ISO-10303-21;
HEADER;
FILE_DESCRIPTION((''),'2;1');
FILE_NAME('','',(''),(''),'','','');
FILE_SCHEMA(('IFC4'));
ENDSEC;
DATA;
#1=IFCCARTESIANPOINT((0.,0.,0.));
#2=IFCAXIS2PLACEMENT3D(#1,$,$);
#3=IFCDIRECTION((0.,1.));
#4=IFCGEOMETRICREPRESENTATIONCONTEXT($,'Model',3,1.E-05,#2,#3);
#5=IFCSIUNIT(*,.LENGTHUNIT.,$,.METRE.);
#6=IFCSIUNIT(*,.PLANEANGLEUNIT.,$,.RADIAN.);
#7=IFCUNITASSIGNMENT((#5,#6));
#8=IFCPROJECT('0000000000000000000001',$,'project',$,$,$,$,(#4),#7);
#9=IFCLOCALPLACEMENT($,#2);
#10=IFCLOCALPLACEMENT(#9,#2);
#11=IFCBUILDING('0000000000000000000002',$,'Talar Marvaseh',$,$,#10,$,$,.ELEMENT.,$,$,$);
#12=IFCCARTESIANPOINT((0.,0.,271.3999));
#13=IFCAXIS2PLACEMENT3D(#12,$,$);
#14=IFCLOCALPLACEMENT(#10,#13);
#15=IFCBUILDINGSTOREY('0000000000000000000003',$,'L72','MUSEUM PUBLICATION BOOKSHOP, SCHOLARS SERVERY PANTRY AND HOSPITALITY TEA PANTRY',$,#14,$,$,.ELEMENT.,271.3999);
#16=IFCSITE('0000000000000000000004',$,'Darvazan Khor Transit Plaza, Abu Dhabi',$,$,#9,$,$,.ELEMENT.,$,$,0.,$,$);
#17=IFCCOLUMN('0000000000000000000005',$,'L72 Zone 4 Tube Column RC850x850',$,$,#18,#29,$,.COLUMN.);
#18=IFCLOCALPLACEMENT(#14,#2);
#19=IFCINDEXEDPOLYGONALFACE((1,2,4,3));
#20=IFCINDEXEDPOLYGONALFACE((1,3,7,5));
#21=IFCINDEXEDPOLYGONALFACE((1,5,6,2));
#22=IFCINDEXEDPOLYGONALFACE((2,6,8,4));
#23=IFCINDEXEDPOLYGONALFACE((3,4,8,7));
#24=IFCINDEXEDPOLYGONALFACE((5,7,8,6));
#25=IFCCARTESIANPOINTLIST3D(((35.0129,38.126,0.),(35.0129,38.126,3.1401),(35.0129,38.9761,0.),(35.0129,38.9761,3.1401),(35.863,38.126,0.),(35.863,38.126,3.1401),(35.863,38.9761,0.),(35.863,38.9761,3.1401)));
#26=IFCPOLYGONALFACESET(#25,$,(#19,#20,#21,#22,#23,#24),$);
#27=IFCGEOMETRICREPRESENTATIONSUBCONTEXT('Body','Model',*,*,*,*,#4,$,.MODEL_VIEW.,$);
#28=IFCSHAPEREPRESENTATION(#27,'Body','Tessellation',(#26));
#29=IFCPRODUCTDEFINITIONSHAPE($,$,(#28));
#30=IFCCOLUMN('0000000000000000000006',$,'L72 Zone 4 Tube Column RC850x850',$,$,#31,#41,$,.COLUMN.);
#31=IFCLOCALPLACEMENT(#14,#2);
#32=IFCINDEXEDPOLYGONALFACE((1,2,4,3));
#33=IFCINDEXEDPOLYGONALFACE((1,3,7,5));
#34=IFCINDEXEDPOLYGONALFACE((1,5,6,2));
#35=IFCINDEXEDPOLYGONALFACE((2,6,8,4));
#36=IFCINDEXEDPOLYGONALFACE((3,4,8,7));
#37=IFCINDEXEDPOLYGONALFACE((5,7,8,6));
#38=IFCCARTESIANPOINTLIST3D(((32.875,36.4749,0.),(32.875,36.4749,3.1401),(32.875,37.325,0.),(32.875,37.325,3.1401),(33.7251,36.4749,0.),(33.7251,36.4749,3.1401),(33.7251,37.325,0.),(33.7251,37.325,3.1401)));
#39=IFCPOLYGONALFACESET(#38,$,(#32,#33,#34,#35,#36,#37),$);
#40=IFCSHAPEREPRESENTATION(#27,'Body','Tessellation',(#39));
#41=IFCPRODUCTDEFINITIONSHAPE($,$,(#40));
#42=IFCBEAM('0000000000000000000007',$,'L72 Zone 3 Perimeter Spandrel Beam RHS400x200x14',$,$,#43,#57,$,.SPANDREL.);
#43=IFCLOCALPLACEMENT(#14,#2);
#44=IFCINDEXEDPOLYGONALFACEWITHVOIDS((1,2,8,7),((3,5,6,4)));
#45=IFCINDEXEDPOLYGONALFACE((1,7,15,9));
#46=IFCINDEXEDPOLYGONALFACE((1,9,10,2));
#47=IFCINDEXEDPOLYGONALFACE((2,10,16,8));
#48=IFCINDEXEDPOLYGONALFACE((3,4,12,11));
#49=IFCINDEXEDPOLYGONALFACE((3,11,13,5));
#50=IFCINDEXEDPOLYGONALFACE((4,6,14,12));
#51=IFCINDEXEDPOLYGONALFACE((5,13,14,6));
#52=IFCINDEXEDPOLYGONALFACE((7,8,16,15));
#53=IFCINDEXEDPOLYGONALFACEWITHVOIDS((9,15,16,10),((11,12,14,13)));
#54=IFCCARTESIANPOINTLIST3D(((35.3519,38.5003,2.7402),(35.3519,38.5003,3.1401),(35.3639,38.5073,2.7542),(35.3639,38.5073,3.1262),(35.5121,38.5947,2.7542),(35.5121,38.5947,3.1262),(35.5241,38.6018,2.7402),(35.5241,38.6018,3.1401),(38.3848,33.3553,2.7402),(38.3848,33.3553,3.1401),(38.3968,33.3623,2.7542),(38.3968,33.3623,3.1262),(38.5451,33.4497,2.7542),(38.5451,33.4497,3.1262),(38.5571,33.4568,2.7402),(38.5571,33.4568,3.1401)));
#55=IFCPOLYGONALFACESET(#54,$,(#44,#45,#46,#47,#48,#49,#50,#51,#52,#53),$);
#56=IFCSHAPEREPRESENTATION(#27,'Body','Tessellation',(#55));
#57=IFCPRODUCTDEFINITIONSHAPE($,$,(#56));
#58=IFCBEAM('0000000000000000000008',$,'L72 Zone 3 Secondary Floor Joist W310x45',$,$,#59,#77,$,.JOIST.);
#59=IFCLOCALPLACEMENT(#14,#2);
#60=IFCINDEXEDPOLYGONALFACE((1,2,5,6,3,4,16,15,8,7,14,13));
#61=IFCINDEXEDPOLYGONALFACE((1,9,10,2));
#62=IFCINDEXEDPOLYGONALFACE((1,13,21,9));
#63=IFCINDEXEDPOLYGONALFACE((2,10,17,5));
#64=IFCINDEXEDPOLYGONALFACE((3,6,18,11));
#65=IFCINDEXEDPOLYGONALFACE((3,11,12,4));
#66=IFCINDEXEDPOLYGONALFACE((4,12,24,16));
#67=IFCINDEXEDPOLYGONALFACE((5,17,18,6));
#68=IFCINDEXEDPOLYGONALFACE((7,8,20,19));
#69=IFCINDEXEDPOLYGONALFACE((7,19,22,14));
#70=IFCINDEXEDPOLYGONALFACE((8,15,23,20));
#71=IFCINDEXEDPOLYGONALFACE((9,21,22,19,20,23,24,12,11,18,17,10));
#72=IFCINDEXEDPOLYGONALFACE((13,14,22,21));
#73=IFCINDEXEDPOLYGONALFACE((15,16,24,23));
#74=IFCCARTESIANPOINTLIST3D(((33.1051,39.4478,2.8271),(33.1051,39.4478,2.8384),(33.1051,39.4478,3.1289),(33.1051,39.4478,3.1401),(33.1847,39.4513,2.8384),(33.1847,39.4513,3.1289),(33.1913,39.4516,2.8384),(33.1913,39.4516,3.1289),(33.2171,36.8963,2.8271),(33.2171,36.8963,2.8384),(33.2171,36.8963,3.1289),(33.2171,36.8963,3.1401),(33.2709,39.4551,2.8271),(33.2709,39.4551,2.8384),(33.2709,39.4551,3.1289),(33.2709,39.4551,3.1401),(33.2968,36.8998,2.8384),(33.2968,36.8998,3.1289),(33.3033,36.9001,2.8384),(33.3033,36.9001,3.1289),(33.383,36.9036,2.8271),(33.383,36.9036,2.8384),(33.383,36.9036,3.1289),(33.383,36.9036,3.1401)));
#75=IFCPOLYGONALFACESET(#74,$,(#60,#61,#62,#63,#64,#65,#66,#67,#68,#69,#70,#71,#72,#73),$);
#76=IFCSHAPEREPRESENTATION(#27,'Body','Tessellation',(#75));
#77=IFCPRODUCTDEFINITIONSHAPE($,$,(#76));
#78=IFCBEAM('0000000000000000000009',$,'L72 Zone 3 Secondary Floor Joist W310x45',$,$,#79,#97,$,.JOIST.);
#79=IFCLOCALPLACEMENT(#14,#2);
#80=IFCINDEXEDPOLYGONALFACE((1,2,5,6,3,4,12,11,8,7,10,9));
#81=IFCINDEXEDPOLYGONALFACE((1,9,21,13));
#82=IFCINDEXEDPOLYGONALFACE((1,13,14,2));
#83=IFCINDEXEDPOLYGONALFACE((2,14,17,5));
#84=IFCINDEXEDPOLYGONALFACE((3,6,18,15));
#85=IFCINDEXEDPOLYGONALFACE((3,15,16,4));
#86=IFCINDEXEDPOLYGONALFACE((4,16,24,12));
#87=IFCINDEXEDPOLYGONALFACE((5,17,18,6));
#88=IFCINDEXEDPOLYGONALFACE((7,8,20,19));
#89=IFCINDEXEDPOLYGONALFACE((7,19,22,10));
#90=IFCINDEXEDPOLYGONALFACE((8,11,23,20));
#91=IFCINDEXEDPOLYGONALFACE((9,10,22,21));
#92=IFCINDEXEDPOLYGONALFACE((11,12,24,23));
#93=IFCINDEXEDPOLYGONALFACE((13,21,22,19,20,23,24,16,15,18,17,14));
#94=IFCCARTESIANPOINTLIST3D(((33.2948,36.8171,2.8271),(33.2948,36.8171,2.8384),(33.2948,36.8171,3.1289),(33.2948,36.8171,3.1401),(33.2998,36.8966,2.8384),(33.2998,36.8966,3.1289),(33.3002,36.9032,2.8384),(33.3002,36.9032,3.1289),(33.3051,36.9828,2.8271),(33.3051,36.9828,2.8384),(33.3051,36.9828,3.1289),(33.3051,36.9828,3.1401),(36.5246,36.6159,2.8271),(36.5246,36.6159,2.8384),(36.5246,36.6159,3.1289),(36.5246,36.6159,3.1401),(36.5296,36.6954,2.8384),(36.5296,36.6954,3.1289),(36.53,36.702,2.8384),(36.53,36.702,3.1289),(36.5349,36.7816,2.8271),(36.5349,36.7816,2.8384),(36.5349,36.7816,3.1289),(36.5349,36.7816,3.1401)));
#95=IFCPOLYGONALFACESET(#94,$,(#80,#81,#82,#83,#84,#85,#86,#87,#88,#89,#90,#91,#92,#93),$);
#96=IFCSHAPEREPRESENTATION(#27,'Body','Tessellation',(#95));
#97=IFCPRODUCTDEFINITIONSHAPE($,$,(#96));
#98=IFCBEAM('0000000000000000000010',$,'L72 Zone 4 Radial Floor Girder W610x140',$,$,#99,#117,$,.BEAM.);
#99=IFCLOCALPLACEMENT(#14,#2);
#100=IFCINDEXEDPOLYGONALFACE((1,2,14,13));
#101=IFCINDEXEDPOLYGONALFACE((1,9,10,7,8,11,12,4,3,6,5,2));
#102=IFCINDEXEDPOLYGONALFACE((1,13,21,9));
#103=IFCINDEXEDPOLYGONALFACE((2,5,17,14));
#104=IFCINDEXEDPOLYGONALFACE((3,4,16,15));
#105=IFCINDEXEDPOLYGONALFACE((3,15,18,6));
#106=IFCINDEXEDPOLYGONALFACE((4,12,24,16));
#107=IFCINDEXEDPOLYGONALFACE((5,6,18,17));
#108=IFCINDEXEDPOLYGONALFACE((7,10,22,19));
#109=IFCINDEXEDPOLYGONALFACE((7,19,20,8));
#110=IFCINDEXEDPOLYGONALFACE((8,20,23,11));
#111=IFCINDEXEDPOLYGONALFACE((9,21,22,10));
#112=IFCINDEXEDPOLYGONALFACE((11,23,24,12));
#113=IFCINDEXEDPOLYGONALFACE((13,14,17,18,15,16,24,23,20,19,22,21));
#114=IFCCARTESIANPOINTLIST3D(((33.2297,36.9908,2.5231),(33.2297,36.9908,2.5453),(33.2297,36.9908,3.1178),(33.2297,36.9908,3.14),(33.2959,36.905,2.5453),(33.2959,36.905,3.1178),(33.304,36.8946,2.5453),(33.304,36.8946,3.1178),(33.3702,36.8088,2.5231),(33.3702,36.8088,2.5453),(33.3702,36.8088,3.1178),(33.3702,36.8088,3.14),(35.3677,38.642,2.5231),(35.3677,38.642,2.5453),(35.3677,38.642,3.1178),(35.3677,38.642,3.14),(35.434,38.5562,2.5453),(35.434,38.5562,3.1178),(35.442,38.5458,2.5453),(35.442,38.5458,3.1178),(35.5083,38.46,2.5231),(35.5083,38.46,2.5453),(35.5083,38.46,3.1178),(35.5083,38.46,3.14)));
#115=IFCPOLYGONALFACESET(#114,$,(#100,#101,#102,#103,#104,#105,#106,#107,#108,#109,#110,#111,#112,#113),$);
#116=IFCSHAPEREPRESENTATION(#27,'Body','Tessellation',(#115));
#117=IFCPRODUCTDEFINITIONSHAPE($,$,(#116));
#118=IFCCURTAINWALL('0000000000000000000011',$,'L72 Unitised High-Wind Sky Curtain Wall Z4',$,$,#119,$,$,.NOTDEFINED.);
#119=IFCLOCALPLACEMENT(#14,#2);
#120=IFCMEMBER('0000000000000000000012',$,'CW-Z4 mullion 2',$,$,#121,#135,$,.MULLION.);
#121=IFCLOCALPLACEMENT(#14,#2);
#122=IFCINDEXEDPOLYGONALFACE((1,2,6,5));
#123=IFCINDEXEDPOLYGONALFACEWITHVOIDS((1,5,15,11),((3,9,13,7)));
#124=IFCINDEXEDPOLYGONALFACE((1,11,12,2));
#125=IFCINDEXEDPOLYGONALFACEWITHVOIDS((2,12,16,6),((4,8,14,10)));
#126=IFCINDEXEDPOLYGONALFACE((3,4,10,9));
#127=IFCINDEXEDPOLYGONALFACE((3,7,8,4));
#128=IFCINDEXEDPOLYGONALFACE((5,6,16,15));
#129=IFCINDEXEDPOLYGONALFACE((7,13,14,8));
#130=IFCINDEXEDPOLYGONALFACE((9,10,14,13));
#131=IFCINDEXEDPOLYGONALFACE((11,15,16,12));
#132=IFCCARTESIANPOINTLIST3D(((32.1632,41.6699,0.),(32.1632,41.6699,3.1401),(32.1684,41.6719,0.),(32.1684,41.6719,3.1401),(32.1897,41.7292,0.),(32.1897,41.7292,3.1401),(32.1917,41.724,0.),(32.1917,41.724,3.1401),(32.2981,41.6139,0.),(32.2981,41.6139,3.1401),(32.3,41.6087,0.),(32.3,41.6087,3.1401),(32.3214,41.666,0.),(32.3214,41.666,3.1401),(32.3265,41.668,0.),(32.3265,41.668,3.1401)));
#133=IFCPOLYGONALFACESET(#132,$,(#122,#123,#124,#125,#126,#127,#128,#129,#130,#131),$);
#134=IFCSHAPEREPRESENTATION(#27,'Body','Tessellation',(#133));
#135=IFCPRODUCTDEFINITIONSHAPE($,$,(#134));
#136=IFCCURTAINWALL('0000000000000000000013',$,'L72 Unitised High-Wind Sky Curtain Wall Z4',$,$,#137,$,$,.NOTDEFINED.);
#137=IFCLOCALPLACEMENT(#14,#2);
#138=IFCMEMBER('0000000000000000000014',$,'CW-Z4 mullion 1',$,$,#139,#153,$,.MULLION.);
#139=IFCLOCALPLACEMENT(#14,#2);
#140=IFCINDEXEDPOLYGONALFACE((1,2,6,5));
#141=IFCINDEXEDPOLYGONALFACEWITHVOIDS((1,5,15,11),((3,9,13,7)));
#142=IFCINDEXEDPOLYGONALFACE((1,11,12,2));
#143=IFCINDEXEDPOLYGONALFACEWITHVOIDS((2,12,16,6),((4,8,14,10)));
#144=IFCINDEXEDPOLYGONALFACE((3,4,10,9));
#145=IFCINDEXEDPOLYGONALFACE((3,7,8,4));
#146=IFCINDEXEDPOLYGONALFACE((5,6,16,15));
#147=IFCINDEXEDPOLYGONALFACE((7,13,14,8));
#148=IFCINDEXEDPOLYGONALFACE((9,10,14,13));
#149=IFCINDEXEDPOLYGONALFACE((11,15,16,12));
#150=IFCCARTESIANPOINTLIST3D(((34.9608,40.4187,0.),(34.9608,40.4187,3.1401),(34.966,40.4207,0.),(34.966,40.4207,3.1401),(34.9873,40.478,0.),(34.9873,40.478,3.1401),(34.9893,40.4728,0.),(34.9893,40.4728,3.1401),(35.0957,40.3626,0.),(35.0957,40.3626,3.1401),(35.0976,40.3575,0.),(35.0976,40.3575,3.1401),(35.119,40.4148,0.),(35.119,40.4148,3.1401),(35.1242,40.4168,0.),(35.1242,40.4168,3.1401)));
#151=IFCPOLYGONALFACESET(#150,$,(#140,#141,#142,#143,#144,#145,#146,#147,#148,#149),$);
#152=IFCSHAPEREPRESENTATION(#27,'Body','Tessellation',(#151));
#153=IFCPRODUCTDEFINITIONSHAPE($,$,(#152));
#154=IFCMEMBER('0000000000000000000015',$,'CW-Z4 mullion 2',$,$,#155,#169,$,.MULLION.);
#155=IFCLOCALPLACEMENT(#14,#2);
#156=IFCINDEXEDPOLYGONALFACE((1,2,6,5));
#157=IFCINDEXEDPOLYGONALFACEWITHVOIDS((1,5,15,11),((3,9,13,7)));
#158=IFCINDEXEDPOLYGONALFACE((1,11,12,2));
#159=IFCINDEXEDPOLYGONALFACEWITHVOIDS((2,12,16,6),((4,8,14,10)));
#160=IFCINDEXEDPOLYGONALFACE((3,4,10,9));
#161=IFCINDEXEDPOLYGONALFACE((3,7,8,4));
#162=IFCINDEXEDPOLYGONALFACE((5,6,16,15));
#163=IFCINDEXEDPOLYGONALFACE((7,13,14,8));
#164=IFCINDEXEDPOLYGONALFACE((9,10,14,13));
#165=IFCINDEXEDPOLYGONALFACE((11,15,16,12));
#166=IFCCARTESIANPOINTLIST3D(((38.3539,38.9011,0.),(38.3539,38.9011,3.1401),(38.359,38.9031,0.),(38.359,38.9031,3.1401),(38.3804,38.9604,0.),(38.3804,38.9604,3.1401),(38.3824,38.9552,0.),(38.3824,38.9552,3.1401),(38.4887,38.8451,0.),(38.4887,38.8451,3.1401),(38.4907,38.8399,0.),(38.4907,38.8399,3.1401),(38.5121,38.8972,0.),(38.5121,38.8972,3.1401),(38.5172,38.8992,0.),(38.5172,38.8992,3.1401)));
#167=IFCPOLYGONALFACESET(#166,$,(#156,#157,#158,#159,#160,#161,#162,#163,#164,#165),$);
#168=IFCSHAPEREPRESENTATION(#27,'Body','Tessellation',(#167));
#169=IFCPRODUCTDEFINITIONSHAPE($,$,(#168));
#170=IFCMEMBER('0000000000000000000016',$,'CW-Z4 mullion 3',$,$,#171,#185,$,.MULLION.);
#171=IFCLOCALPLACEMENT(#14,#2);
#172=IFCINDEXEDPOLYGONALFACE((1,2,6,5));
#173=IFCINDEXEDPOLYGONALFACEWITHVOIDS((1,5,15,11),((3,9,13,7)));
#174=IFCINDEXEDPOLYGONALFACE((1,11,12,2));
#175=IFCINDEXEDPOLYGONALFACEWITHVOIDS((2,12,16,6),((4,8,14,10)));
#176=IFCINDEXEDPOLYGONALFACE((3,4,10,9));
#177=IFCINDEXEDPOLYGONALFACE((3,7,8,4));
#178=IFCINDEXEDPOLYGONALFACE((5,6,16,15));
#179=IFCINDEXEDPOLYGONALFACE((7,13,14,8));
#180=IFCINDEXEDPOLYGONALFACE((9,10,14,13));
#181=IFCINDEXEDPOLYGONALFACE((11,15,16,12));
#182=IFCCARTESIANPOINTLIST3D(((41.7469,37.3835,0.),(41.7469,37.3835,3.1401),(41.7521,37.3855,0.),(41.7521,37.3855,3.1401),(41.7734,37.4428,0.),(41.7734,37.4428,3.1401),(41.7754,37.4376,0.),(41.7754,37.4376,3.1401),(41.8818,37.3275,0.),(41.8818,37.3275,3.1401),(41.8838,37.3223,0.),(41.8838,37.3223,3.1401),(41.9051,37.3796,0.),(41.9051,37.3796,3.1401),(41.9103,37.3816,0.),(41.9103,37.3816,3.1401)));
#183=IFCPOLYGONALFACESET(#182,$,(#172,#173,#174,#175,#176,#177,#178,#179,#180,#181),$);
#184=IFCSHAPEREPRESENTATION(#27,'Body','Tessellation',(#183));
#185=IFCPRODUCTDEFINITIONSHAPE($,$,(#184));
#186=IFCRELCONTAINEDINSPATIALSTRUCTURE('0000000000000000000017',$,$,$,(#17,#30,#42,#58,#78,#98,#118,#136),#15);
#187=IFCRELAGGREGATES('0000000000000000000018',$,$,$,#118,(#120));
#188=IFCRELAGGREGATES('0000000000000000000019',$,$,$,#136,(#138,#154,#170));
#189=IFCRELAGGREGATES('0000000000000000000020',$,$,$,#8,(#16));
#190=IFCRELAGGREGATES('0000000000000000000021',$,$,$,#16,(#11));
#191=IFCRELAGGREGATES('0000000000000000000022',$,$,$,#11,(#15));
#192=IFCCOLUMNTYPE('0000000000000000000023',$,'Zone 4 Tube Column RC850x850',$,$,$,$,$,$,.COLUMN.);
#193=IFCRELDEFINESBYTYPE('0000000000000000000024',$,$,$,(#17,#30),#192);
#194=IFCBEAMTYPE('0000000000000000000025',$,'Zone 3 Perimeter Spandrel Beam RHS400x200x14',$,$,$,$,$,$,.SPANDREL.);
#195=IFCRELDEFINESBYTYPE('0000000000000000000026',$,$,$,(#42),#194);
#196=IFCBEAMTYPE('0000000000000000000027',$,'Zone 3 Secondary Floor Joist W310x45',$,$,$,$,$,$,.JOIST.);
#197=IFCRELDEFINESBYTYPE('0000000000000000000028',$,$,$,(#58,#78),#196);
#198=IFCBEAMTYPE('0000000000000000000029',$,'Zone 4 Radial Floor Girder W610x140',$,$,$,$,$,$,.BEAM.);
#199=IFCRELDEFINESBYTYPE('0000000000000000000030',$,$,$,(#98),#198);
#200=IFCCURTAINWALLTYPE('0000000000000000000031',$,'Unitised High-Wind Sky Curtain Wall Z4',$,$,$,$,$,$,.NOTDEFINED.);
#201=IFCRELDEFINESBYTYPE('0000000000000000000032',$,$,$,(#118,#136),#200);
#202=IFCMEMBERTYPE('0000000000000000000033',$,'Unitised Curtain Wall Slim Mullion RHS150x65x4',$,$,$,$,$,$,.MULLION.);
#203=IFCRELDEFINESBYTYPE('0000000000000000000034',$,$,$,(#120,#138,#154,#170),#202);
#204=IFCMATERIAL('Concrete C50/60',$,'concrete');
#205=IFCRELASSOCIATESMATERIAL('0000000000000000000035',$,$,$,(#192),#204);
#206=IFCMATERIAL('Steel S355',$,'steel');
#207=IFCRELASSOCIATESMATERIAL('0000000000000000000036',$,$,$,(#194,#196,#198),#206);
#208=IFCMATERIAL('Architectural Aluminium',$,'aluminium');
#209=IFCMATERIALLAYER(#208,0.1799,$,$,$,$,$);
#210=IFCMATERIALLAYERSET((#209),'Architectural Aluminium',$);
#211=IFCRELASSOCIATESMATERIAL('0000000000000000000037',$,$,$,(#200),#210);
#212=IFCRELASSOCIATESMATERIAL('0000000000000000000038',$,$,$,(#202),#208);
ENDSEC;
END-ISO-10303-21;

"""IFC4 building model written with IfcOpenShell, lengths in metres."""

from ifc_helpers import new_model, si_unit, direction, frame, origin, origin_2d, place, context, subcontext, project, spatial, rectangle, hollow_rectangle, i_section, extrude, source, transform, mapped, material, layer, layer_set, material_profile, profile_set, type_object, type_shapes, element, aggregate, save


model = new_model("IFC4")

# Units and contexts
model_context = context("Model", 3, precision=1e-05, world=origin(), true_north=direction((0.0, 1.0)))
body_context = subcontext(model_context, "Body", "Model", "MODEL_VIEW")
ifc_project = project(units=[si_unit("LENGTHUNIT", "METRE"), si_unit("PLANEANGLEUNIT", "RADIAN")], contexts=[model_context])

# Site, building, storey
site_placement = place(None, origin())
site = spatial("IfcSite", under=ifc_project, at=site_placement, Name="Darvazan Khor Transit Plaza, Abu Dhabi", CompositionType="ELEMENT", RefElevation=0.0)
building_placement = place(site_placement, origin())
building = spatial("IfcBuilding", under=site, at=building_placement, Name="Talar Marvaseh", CompositionType="ELEMENT")
storey_placement = place(building_placement, frame((0.0, 0.0, 271.3999)))
storey = spatial("IfcBuildingStorey", under=building, at=storey_placement, Name="L72", Description="MUSEUM PUBLICATION BOOKSHOP, SCHOLARS SERVERY PANTRY AND HOSPITALITY TEA PANTRY", CompositionType="ELEMENT", Elevation=271.3999)

# Columns
ifc_material_1 = material(Name="Concrete C50/60", Category="concrete")
ifc_material_profile_1 = material_profile(ifc_material_1, rectangle(XDim=0.8501, YDim=0.8501, at=origin_2d()), Name="RC850x850")
ifc_profile_set_1 = profile_set([ifc_material_profile_1], Name="Concrete C50/60")
column_type = type_object("IfcColumnType", Name="Zone 4 Tube Column RC850x850", PredefinedType="COLUMN", material=ifc_profile_set_1)
for number, where, z_axis, x_axis, name in (
    (1, (35.438, 38.551, 0.0), (0.0, 0.0, 1.0), (1.0, 0.0, 0.0), "L72 Zone 4 Tube Column RC850x850"),
    (2, (33.3, 36.8999, 0.0), (0.0, 0.0, 1.0), (1.0, 0.0, 0.0), "L72 Zone 4 Tube Column RC850x850"),
):
    element("IfcColumn", number, at=place(storey_placement, frame(where, z_axis=z_axis, x_axis=x_axis)), inside=storey, type_object=column_type, Name=name, PredefinedType="COLUMN", context=body_context, shape_type="SweptSolid", body=[
        extrude(rectangle(XDim=0.8501, YDim=0.8501, at=origin_2d()), origin(), (0.0, 0.0, 1.0), 3.1401),
    ])

# Beams
ifc_material_2 = material(Name="Steel S355", Category="steel")
ifc_material_profile_2 = material_profile(ifc_material_2, hollow_rectangle(XDim=0.2, YDim=0.3999, WallThickness=0.0139, at=origin_2d()), Name="RHS400x200x14")
ifc_profile_set_2 = profile_set([ifc_material_profile_2], Name="Steel S355")
beam_type_1 = type_object("IfcBeamType", Name="Zone 3 Perimeter Spandrel Beam RHS400x200x14", PredefinedType="SPANDREL", material=ifc_profile_set_2)
beam_1_placement = place(storey_placement, frame((35.438, 38.551, 2.9402), z_axis=(0.507826, -0.86146, 0.0), x_axis=(0.86146, 0.507826, 0.0)))
element("IfcBeam", 3, at=beam_1_placement, inside=storey, type_object=beam_type_1, Name="L72 Zone 3 Perimeter Spandrel Beam RHS400x200x14", PredefinedType="SPANDREL", context=body_context, shape_type="SweptSolid", body=[
    extrude(hollow_rectangle(XDim=0.2, YDim=0.3999, WallThickness=0.0139, at=origin_2d()), origin(), (0.0, 0.0, 1.0), 5.9724),
])
ifc_material_profile_3 = material_profile(ifc_material_2, i_section(OverallWidth=0.166, OverallDepth=0.313, WebThickness=0.0066, FlangeThickness=0.0112, at=origin_2d()), Name="W310x45")
ifc_profile_set_3 = profile_set([ifc_material_profile_3], Name="Steel S355")
beam_type_2 = type_object("IfcBeamType", Name="Zone 3 Secondary Floor Joist W310x45", PredefinedType="JOIST", material=ifc_profile_set_3)
beam_2_placement = place(storey_placement, frame((33.188, 39.4514, 2.9836), z_axis=(0.043877, -0.999037, 0.0), x_axis=(0.999037, 0.043877, 0.0)))
element("IfcBeam", 4, at=beam_2_placement, inside=storey, type_object=beam_type_2, Name="L72 Zone 3 Secondary Floor Joist W310x45", PredefinedType="JOIST", context=body_context, shape_type="SweptSolid", body=[
    extrude(i_section(OverallWidth=0.166, OverallDepth=0.313, WebThickness=0.0066, FlangeThickness=0.0112, at=origin_2d()), origin(), (0.0, 0.0, 1.0), 2.554),
])
beam_3_placement = place(storey_placement, frame((36.5298, 36.6987, 2.9836), z_axis=(-0.998066, 0.062167, 0.0), x_axis=(-0.062167, -0.998066, 0.0)))
element("IfcBeam", 5, at=beam_3_placement, inside=storey, type_object=beam_type_2, Name="L72 Zone 3 Secondary Floor Joist W310x45", PredefinedType="JOIST", context=body_context, shape_type="SweptSolid", body=[
    extrude(i_section(OverallWidth=0.166, OverallDepth=0.313, WebThickness=0.0066, FlangeThickness=0.0112, at=origin_2d()), origin(), (0.0, 0.0, 1.0), 3.2361),
])
ifc_material_profile_4 = material_profile(ifc_material_2, i_section(OverallWidth=0.23, OverallDepth=0.6169, WebThickness=0.0132, FlangeThickness=0.0222, at=origin_2d()), Name="W610x140")
ifc_profile_set_4 = profile_set([ifc_material_profile_4], Name="Steel S355")
beam_type_3 = type_object("IfcBeamType", Name="Zone 4 Radial Floor Girder W610x140", PredefinedType="BEAM", material=ifc_profile_set_4)
beam_4_placement = place(storey_placement, frame((35.438, 38.551, 2.8315), z_axis=(-0.79145, -0.611234, 0.0), x_axis=(0.611234, -0.79145, 0.0)))
element("IfcBeam", 6, at=beam_4_placement, inside=storey, type_object=beam_type_3, Name="L72 Zone 4 Radial Floor Girder W610x140", PredefinedType="BEAM", context=body_context, shape_type="SweptSolid", body=[
    extrude(i_section(OverallWidth=0.23, OverallDepth=0.6169, WebThickness=0.0132, FlangeThickness=0.0222, at=origin_2d()), origin(), (0.0, 0.0, 1.0), 2.7014),
])

# Curtain wall, member
ifc_material_3 = material(Name="Architectural Aluminium", Category="aluminium")
ifc_layer_1 = layer(ifc_material_3, 0.1799)
ifc_layer_set_1 = layer_set([ifc_layer_1], Name="Architectural Aluminium")
curtain_wall_type = type_object("IfcCurtainWallType", Name="Unitised High-Wind Sky Curtain Wall Z4", PredefinedType="NOTDEFINED", material=ifc_layer_set_1)
curtain_wall_1_placement = place(storey_placement, origin())
curtain_wall_1 = element("IfcCurtainWall", 7, at=curtain_wall_1_placement, inside=storey, type_object=curtain_wall_type, Name="L72 Unitised High-Wind Sky Curtain Wall Z4", PredefinedType="NOTDEFINED")
ifc_material_profile_5 = material_profile(ifc_material_3, hollow_rectangle(XDim=0.0649, YDim=0.1499, WallThickness=0.0039, at=origin_2d()), Name="RHS150x65x4")
ifc_profile_set_5 = profile_set([ifc_material_profile_5], Name="Architectural Aluminium")
member_type_1 = type_object("IfcMemberType", Name="Unitised Curtain Wall Slim Mullion RHS150x65x4", PredefinedType="MULLION", material=ifc_profile_set_5)
shared_shape_1 = source(origin(), body_context, "Body", "SweptSolid", [
    extrude(hollow_rectangle(XDim=0.0649, YDim=0.1499, WallThickness=0.0039, at=origin_2d()), origin(), (0.0, 0.0, 1.0), 3.1401),
])
type_shapes(member_type_1, [shared_shape_1])
member_1_placement = place(storey_placement, frame((32.2449, 41.6689, 0.0), z_axis=(0.0, 0.0, 1.0), x_axis=(0.408265, 0.912864, 0.0)))
member_1 = element("IfcMember", 8, at=member_1_placement, type_object=member_type_1, Name="CW-Z4 mullion 2", PredefinedType="MULLION", context=body_context, shape_type="MappedRepresentation", body=[
    mapped(shared_shape_1, transform((0.0, 0.0, 0.0), x_axis=(1.0, 0.0, 0.0), y_axis=(0.0, 1.0, 0.0), z_axis=(0.0, 0.0, 1.0), scale=1.0)),
])
aggregate(curtain_wall_1, [member_1])

# Curtain wall, members
curtain_wall_2_placement = place(storey_placement, origin())
curtain_wall_2 = element("IfcCurtainWall", 9, at=curtain_wall_2_placement, inside=storey, type_object=curtain_wall_type, Name="L72 Unitised High-Wind Sky Curtain Wall Z4", PredefinedType="NOTDEFINED")
member_2_placement = place(storey_placement, frame((35.0425, 40.4177, 0.0), z_axis=(0.0, 0.0, 1.0), x_axis=(0.408265, 0.912863, 0.0)))
member_2 = element("IfcMember", 10, at=member_2_placement, type_object=member_type_1, Name="CW-Z4 mullion 1", PredefinedType="MULLION", context=body_context, shape_type="MappedRepresentation", body=[
    mapped(shared_shape_1, transform((0.0, 0.0, 0.0), x_axis=(1.0, 0.0, 0.0), y_axis=(0.0, 1.0, 0.0), z_axis=(0.0, 0.0, 1.0), scale=1.0)),
])
member_3_placement = place(storey_placement, frame((38.4355, 38.9001, 0.0), z_axis=(0.0, 0.0, 1.0), x_axis=(0.408265, 0.912863, 0.0)))
member_3 = element("IfcMember", 11, at=member_3_placement, type_object=member_type_1, Name="CW-Z4 mullion 2", PredefinedType="MULLION", context=body_context, shape_type="MappedRepresentation", body=[
    mapped(shared_shape_1, transform((0.0, 0.0, 0.0), x_axis=(1.0, 0.0, 0.0), y_axis=(0.0, 1.0, 0.0), z_axis=(0.0, 0.0, 1.0), scale=1.0)),
])
member_4_placement = place(storey_placement, frame((41.8286, 37.3826, 0.0), z_axis=(0.0, 0.0, 1.0), x_axis=(0.408265, 0.912863, 0.0)))
member_4 = element("IfcMember", 12, at=member_4_placement, type_object=member_type_1, Name="CW-Z4 mullion 3", PredefinedType="MULLION", context=body_context, shape_type="MappedRepresentation", body=[
    mapped(shared_shape_1, transform((0.0, 0.0, 0.0), x_axis=(1.0, 0.0, 0.0), y_axis=(0.0, 1.0, 0.0), z_axis=(0.0, 0.0, 1.0), scale=1.0)),
])
aggregate(curtain_wall_2, [member_2, member_3, member_4])

save(model, "model.ifc")
